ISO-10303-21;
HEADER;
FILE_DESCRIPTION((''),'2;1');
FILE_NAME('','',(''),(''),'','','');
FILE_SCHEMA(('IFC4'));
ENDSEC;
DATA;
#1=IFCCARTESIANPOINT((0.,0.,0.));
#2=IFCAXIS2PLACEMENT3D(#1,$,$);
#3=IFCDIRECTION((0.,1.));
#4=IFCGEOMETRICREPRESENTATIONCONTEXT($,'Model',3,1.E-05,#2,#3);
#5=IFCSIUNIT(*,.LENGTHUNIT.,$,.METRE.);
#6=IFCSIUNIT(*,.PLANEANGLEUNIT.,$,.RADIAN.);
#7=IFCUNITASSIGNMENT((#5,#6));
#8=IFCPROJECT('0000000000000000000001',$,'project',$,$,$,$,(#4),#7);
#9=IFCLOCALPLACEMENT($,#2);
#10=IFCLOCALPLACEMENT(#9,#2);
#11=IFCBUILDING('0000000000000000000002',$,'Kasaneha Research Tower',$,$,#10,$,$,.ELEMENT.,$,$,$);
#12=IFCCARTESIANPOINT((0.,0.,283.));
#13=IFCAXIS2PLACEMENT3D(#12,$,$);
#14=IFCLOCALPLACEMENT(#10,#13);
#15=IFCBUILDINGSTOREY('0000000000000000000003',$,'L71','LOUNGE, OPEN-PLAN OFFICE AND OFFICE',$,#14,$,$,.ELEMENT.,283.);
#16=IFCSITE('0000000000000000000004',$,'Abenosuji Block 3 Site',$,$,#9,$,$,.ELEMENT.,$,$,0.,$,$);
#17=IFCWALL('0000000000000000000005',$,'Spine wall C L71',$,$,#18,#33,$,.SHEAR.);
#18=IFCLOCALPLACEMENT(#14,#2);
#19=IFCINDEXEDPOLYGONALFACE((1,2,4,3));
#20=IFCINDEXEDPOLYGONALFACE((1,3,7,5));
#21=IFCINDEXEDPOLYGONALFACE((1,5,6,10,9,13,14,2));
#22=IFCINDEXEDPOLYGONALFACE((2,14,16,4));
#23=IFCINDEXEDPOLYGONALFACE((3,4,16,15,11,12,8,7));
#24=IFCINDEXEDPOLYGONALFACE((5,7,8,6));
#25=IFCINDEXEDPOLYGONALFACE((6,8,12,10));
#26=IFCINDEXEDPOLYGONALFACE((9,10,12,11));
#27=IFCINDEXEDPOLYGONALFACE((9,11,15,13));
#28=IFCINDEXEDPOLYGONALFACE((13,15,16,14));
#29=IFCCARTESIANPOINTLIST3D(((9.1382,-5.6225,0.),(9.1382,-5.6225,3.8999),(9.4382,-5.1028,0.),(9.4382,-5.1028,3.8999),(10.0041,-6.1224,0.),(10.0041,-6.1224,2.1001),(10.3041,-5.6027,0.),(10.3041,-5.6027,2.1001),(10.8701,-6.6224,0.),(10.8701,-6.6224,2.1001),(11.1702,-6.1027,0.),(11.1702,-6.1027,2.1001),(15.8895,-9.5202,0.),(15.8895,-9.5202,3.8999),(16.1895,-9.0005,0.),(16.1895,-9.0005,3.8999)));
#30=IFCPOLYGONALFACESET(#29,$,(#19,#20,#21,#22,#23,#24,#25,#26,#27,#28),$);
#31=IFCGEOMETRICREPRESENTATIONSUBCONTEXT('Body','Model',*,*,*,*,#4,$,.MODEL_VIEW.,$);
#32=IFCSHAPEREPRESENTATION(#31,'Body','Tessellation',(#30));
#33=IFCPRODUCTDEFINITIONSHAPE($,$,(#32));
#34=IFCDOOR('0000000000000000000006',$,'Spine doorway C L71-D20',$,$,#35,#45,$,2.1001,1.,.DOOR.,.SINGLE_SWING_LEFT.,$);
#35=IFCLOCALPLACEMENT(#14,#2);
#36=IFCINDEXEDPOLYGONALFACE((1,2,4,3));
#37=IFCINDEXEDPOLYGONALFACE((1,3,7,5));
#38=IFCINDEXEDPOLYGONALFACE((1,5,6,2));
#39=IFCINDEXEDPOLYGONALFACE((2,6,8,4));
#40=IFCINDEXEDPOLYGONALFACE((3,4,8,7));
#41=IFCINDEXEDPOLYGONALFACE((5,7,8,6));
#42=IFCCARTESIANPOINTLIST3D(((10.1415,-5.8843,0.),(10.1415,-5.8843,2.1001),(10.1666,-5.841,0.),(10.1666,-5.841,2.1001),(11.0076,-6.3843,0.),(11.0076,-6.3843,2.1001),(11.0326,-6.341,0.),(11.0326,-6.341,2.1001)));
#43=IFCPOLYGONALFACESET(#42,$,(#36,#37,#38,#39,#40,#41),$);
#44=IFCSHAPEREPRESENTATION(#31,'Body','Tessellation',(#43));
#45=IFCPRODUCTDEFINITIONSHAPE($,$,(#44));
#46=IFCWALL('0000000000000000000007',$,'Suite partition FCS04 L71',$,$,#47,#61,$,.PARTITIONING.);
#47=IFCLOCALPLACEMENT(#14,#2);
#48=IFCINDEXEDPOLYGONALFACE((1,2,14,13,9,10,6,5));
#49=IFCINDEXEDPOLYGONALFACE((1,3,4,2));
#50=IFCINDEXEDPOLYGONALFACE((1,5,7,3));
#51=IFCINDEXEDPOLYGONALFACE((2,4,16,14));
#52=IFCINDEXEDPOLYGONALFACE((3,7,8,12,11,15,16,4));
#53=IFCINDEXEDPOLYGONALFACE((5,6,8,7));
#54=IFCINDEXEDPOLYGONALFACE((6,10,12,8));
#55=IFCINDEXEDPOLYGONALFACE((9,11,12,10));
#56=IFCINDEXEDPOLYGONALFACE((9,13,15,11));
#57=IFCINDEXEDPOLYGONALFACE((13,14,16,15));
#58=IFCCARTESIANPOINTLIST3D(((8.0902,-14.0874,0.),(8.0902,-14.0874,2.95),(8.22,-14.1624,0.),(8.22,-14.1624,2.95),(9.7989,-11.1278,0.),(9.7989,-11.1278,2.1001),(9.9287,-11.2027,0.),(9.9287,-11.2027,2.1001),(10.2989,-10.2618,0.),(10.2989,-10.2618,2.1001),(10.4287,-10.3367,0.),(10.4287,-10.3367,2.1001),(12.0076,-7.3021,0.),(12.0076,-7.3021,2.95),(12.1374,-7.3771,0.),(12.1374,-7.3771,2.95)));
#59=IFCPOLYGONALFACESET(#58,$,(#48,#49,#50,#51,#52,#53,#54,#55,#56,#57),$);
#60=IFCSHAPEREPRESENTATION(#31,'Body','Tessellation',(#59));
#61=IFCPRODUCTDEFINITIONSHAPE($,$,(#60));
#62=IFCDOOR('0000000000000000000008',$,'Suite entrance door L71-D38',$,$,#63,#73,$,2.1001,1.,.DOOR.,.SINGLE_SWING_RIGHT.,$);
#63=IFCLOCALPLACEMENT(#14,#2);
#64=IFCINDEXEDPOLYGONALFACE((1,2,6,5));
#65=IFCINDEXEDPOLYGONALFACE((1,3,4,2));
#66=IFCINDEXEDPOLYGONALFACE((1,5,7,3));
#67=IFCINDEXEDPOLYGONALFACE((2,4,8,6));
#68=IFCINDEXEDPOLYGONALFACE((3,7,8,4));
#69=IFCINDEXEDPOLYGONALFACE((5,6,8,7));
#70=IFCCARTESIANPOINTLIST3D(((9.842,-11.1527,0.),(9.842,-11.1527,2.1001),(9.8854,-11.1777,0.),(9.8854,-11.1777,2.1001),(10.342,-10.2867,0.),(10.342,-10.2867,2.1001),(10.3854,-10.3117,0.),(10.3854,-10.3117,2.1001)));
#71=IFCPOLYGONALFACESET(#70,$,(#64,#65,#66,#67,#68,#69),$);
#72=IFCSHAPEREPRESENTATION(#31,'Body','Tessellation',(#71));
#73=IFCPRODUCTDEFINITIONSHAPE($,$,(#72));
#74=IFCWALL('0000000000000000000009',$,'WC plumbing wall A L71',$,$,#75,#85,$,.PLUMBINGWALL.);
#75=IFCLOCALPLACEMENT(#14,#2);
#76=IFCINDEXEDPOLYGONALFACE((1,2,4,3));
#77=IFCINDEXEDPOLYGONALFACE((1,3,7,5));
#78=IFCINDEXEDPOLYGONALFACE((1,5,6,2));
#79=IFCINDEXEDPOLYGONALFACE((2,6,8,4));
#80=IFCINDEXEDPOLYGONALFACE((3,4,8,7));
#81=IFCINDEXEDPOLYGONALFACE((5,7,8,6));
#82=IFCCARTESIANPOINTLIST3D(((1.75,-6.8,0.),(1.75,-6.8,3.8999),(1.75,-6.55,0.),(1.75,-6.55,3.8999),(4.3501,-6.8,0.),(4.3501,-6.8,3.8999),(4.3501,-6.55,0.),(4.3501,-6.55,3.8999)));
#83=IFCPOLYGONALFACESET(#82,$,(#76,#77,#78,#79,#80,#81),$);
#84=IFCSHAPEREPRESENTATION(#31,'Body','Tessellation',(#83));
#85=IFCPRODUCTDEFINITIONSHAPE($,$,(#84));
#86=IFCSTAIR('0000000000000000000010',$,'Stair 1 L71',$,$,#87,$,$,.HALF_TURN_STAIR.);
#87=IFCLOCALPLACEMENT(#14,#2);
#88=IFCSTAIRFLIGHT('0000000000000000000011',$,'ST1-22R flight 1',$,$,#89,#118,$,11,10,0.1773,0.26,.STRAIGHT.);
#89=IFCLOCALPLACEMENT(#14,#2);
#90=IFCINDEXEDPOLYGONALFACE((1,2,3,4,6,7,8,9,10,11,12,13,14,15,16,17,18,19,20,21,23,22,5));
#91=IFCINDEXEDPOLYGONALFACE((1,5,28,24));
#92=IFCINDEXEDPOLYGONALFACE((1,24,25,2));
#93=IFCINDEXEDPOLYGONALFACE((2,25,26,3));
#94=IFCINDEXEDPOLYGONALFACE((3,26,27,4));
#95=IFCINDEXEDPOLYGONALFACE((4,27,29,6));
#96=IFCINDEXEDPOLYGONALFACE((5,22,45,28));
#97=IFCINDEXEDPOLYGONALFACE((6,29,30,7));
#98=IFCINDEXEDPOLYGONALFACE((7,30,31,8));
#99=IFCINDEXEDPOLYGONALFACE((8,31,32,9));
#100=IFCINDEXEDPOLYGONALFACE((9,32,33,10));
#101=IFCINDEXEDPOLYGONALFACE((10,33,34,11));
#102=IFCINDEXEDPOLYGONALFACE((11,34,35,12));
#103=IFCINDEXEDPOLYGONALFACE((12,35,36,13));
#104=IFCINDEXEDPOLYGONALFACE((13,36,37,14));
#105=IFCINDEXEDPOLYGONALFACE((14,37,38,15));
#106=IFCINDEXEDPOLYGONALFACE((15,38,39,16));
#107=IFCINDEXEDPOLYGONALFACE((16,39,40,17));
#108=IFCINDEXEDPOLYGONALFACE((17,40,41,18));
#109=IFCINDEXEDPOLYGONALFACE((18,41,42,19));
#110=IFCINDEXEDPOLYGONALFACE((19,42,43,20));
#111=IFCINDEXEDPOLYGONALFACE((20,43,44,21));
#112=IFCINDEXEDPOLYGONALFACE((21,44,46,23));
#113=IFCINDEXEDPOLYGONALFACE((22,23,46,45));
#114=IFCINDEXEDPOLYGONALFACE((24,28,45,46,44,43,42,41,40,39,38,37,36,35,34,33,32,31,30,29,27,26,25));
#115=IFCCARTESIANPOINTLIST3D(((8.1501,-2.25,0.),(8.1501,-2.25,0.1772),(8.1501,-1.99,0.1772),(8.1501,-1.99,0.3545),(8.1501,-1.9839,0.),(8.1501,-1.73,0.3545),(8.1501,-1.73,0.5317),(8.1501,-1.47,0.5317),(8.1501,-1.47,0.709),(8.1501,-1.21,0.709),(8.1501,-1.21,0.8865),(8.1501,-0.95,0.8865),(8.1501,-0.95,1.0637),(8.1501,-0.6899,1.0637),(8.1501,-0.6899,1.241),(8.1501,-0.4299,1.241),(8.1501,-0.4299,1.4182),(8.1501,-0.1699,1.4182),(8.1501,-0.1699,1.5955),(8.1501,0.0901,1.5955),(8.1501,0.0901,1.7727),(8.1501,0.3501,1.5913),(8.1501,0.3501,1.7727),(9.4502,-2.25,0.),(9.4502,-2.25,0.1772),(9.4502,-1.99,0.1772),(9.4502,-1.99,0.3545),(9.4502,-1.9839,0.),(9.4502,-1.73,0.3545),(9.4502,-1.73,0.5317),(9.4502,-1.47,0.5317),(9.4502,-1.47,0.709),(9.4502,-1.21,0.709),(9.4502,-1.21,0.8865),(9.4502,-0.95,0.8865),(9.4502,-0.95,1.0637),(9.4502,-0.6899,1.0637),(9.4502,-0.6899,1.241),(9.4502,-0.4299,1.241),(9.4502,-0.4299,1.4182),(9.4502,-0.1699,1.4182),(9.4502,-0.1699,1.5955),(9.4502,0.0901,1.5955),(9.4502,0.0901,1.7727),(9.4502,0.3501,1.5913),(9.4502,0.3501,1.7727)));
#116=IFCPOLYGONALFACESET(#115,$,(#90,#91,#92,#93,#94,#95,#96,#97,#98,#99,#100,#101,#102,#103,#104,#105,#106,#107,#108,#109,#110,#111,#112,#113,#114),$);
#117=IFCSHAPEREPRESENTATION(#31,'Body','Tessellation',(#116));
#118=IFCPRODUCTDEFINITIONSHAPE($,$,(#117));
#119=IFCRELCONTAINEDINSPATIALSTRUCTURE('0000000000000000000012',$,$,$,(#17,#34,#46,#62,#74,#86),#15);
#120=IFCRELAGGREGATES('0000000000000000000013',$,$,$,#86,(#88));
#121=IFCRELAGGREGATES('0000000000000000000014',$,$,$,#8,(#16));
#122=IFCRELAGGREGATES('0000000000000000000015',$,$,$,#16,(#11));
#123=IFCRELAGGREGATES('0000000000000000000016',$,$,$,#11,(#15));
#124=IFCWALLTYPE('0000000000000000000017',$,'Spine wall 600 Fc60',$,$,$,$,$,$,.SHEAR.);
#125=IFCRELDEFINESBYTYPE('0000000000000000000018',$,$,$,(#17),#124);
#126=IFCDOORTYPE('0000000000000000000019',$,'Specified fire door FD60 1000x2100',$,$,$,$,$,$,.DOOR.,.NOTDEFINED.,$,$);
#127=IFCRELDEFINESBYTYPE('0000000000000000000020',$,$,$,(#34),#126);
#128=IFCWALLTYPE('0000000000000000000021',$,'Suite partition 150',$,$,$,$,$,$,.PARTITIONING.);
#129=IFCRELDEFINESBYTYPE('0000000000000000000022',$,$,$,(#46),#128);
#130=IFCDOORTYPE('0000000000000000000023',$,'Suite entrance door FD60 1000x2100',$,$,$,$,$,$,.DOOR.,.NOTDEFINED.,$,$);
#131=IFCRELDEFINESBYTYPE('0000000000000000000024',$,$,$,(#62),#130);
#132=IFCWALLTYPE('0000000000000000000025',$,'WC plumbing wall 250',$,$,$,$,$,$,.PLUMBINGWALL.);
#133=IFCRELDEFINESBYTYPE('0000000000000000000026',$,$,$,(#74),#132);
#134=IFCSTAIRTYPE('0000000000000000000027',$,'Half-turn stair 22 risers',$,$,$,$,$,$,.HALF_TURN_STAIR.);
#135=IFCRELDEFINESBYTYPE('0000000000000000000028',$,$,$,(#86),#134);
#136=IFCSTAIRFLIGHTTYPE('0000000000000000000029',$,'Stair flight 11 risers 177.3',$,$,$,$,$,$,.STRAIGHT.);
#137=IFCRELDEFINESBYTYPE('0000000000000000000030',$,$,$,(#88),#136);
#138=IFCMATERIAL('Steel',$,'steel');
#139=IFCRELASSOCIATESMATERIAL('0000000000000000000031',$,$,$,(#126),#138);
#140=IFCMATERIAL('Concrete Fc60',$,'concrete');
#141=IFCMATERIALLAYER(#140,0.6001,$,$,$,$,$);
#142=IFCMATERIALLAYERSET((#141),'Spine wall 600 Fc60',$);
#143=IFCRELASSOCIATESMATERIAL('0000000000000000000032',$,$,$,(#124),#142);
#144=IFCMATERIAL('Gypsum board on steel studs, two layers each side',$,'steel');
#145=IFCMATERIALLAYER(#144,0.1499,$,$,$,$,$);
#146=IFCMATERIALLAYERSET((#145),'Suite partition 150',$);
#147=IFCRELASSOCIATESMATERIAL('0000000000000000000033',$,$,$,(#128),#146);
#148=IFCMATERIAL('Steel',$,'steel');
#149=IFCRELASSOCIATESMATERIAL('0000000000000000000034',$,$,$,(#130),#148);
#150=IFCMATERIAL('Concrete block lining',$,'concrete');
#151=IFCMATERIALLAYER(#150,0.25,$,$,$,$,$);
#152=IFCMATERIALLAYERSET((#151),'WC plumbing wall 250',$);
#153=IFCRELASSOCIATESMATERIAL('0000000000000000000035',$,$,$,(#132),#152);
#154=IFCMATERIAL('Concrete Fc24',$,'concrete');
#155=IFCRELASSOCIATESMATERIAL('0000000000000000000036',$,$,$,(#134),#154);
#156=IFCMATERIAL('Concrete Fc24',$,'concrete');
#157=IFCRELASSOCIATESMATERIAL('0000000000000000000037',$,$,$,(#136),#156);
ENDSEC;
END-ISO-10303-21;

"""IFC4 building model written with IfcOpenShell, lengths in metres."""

from ifc_helpers import new_model, si_unit, direction, frame, frame_2d, origin, place, context, subcontext, project, spatial, polyline, rectangle, outline, extrude, material, layer, layer_set, type_object, element, fill, aggregate, save


model = new_model("IFC4")

# Units and contexts
model_context = context("Model", 3, precision=1e-05, world=origin(), true_north=direction((0.0, 1.0)))
body_context = subcontext(model_context, "Body", "Model", "MODEL_VIEW")
ifc_project = project(units=[si_unit("LENGTHUNIT", "METRE"), si_unit("PLANEANGLEUNIT", "RADIAN")], contexts=[model_context])

# Site, building, storey
site_placement = place(None, origin())
site = spatial("IfcSite", under=ifc_project, at=site_placement, Name="Abenosuji Block 3 Site", CompositionType="ELEMENT", RefElevation=0.0)
building_placement = place(site_placement, origin())
building = spatial("IfcBuilding", under=site, at=building_placement, Name="Kasaneha Research Tower", CompositionType="ELEMENT")
storey_placement = place(building_placement, frame((0.0, 0.0, 283.0)))
storey = spatial("IfcBuildingStorey", under=building, at=storey_placement, Name="L71", Description="LOUNGE, OPEN-PLAN OFFICE AND OFFICE", CompositionType="ELEMENT", Elevation=283.0)

# Shared definitions
ifc_material_1 = material(Name="Steel", Category="steel")
door_type_1 = type_object("IfcDoorType", Name="Specified fire door FD60 1000x2100", OperationType="NOTDEFINED", PredefinedType="DOOR", material=ifc_material_1)

# Walls, openings, doors
ifc_material_2 = material(Name="Concrete Fc60", Category="concrete")
ifc_layer_1 = layer(ifc_material_2, 0.6001)
ifc_layer_set_1 = layer_set([ifc_layer_1], Name="Spine wall 600 Fc60")
wall_type_1 = type_object("IfcWallType", Name="Spine wall 600 Fc60", PredefinedType="SHEAR", material=ifc_layer_set_1)
wall_1_placement = place(storey_placement, frame((9.2881, -5.3625, 0.0), z_axis=(0.0, 0.0, 1.0), x_axis=(0.866032, -0.499989, 0.0)))
wall_1 = element("IfcWall", 1, at=wall_1_placement, inside=storey, type_object=wall_type_1, Name="Spine wall C L71", PredefinedType="SHEAR", context=body_context, shape_type="SweptSolid", body=[
    extrude(rectangle(XDim=7.7957, YDim=0.6001, at=frame_2d((3.8979, 0.0))), origin(), (0.0, 0.0, 1.0), 3.8999),
])
opening_1_placement = place(wall_1_placement, frame((1.0, 0.0, 0.0)))
opening_1 = element("IfcOpeningElement", 2, at=opening_1_placement, cuts=wall_1, PredefinedType="OPENING", context=body_context, shape_type="SweptSolid", body=[
    extrude(rectangle(XDim=1.0, YDim=2.1001, at=frame_2d((0.5, 1.05))), frame((0.0, 0.3101, 0.0), z_axis=(0.0, -1.0, 0.0), x_axis=(1.0, 0.0, 0.0)), (0.0, 0.0, 1.0), 0.6201),
])
door_1_placement = place(opening_1_placement, origin())
door_1 = element("IfcDoor", 3, at=door_1_placement, inside=storey, type_object=door_type_1, Name="Spine doorway C L71-D20", OperationType="SINGLE_SWING_LEFT", OverallHeight=2.1001, OverallWidth=1.0, PredefinedType="DOOR", context=body_context, shape_type="SweptSolid", body=[
    extrude(rectangle(XDim=1.0, YDim=2.1001, at=frame_2d((0.5, 1.05))), frame((0.0, 0.0249, 0.0), z_axis=(0.0, -1.0, 0.0), x_axis=(1.0, 0.0, 0.0)), (0.0, 0.0, 1.0), 0.05),
])
fill(opening_1, door_1)
ifc_material_3 = material(Name="Gypsum board on steel studs, two layers each side", Category="steel")
ifc_layer_2 = layer(ifc_material_3, 0.1499)
ifc_layer_set_2 = layer_set([ifc_layer_2], Name="Suite partition 150")
wall_type_2 = type_object("IfcWallType", Name="Suite partition 150", PredefinedType="PARTITIONING", material=ifc_layer_set_2)
wall_2_placement = place(storey_placement, frame((12.0725, -7.3396, 0.0), z_axis=(0.0, 0.0, 1.0), x_axis=(-0.499993, -0.866029, 0.0)))
wall_2 = element("IfcWall", 4, at=wall_2_placement, inside=storey, type_object=wall_type_2, Name="Suite partition FCS04 L71", PredefinedType="PARTITIONING", context=body_context, shape_type="SweptSolid", body=[
    extrude(rectangle(XDim=7.835, YDim=0.1499, at=frame_2d((3.9175, 0.0))), origin(), (0.0, 0.0, 1.0), 2.95),
])
opening_2_placement = place(wall_2_placement, frame((3.4175, 0.0, 0.0)))
opening_2 = element("IfcOpeningElement", 5, at=opening_2_placement, cuts=wall_2, PredefinedType="OPENING", context=body_context, shape_type="SweptSolid", body=[
    extrude(rectangle(XDim=1.0, YDim=2.1001, at=frame_2d((0.5, 1.05))), frame((0.0, 0.085, 0.0), z_axis=(0.0, -1.0, 0.0), x_axis=(1.0, 0.0, 0.0)), (0.0, 0.0, 1.0), 0.1699),
])
ifc_material_4 = material(Name="Steel", Category="steel")
door_type_2 = type_object("IfcDoorType", Name="Suite entrance door FD60 1000x2100", OperationType="NOTDEFINED", PredefinedType="DOOR", material=ifc_material_4)
door_2_placement = place(opening_2_placement, origin())
door_2 = element("IfcDoor", 6, at=door_2_placement, inside=storey, type_object=door_type_2, Name="Suite entrance door L71-D38", OperationType="SINGLE_SWING_RIGHT", OverallHeight=2.1001, OverallWidth=1.0, PredefinedType="DOOR", context=body_context, shape_type="SweptSolid", body=[
    extrude(rectangle(XDim=1.0, YDim=2.1001, at=frame_2d((0.5, 1.05))), frame((0.0, 0.0249, 0.0), z_axis=(0.0, -1.0, 0.0), x_axis=(1.0, 0.0, 0.0)), (0.0, 0.0, 1.0), 0.05),
])
fill(opening_2, door_2)

# Wall
ifc_material_5 = material(Name="Concrete block lining", Category="concrete")
ifc_layer_3 = layer(ifc_material_5, 0.25)
ifc_layer_set_3 = layer_set([ifc_layer_3], Name="WC plumbing wall 250")
wall_type_3 = type_object("IfcWallType", Name="WC plumbing wall 250", PredefinedType="PLUMBINGWALL", material=ifc_layer_set_3)
wall_3_placement = place(storey_placement, frame((1.75, -6.675, 0.0), z_axis=(0.0, 0.0, 1.0), x_axis=(1.0, 0.0, 0.0)))
element("IfcWall", 7, at=wall_3_placement, inside=storey, type_object=wall_type_3, Name="WC plumbing wall A L71", PredefinedType="PLUMBINGWALL", context=body_context, shape_type="SweptSolid", body=[
    extrude(rectangle(XDim=2.6001, YDim=0.25, at=frame_2d((1.3, 0.0))), origin(), (0.0, 0.0, 1.0), 3.8999),
])

# Stair, stair flight
ifc_material_6 = material(Name="Concrete Fc24", Category="concrete")
stair_type = type_object("IfcStairType", Name="Half-turn stair 22 risers", PredefinedType="HALF_TURN_STAIR", material=ifc_material_6)
stair_placement = place(storey_placement, origin())
stair = element("IfcStair", 8, at=stair_placement, inside=storey, type_object=stair_type, Name="Stair 1 L71", PredefinedType="HALF_TURN_STAIR")
ifc_material_7 = material(Name="Concrete Fc24", Category="concrete")
stair_flight_type = type_object("IfcStairFlightType", Name="Stair flight 11 risers 177.3", PredefinedType="STRAIGHT", material=ifc_material_7)
stair_flight_placement = place(storey_placement, frame((8.8, -2.25, 0.0), z_axis=(0.0, 0.0, 1.0), x_axis=(0.0, 1.0, 0.0)))
stair_flight = element("IfcStairFlight", 9, at=stair_flight_placement, type_object=stair_flight_type, Name="ST1-22R flight 1", NumberOfRisers=11, NumberOfTreads=10, PredefinedType="STRAIGHT", RiserHeight=0.1773, TreadLength=0.26, context=body_context, shape_type="SweptSolid", body=[
    extrude(outline(polyline([(0.0, 0.0), (0.0, 0.1772), (0.26, 0.1772), (0.26, 0.3545), (0.52, 0.3545), (0.52, 0.5317), (0.78, 0.5317), (0.78, 0.709), (1.04, 0.709), (1.04, 0.8865), (1.3, 0.8865), (1.3, 1.0637), (1.5601, 1.0637), (1.5601, 1.241), (1.8201, 1.241), (1.8201, 1.4182), (2.0801, 1.4182), (2.0801, 1.5955), (2.3401, 1.5955), (2.3401, 1.7727), (2.6001, 1.7727), (2.6001, 1.95), (2.6001, 1.5913), (0.2661, 0.0), (0.0, 0.0)])), frame((0.0, 0.6499, 0.0), z_axis=(0.0, -1.0, 0.0), x_axis=(1.0, 0.0, 0.0)), (0.0, 0.0, 1.0), 1.3),
])
aggregate(stair, [stair_flight])

save(model, "model.ifc")
